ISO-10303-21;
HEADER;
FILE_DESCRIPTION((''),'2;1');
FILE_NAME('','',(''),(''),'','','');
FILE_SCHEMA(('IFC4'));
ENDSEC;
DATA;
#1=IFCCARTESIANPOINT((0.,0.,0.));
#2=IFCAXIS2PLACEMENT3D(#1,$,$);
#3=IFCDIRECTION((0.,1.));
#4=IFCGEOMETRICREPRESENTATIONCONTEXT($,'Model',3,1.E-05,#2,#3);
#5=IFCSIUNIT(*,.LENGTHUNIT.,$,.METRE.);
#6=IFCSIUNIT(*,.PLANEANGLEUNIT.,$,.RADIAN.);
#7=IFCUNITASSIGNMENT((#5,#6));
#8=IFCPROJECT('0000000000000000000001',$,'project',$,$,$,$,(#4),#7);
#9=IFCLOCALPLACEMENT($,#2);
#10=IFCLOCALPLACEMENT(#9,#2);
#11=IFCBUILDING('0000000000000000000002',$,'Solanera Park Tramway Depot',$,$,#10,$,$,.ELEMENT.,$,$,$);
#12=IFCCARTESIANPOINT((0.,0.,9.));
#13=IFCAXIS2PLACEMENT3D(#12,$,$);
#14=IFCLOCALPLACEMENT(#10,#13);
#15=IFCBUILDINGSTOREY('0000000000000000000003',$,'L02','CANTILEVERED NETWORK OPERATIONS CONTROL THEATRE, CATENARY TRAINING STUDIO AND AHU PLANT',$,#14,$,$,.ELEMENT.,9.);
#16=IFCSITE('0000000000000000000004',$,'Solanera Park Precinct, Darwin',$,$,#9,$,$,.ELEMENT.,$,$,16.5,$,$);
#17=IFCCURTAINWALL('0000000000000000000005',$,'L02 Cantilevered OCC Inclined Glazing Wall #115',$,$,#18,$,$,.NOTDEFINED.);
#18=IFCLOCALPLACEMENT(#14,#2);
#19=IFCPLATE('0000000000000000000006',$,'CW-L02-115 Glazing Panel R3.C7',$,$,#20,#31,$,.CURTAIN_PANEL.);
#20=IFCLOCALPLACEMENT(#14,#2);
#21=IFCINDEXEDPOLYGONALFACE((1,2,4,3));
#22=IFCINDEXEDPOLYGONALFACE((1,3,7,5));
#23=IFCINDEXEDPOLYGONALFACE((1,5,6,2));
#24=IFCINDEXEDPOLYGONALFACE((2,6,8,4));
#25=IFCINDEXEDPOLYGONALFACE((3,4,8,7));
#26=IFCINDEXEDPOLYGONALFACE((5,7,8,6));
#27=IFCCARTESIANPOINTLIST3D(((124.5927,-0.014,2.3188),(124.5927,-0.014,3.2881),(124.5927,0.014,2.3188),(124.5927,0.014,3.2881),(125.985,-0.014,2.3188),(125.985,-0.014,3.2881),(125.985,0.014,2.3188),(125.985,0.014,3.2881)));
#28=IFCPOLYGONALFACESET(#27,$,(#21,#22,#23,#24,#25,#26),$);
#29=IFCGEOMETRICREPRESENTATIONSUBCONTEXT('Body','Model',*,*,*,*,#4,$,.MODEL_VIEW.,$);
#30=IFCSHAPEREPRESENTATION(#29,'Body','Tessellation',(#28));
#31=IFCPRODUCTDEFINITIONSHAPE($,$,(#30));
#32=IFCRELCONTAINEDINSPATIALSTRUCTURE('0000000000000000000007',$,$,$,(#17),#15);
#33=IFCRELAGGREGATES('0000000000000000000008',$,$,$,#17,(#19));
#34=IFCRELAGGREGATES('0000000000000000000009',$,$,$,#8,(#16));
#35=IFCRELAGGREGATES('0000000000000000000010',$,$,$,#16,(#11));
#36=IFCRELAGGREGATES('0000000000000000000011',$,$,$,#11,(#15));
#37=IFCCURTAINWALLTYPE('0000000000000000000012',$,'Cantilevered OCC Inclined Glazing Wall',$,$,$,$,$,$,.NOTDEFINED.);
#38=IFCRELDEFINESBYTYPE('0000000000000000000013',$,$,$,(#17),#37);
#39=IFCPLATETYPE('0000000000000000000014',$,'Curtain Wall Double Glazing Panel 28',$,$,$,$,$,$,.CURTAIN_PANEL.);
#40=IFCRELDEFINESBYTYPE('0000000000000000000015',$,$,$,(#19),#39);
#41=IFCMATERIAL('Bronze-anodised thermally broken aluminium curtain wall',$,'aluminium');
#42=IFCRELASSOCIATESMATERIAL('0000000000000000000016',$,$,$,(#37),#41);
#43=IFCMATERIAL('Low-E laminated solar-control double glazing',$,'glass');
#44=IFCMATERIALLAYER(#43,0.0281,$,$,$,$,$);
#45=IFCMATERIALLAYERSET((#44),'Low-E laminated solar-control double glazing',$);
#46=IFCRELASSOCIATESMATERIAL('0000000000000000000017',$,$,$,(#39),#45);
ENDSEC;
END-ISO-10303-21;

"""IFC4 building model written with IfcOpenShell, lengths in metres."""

from ifc_helpers import new_model, si_unit, direction, frame, origin, origin_2d, place, context, subcontext, project, spatial, rectangle, extrude, material, layer, layer_set, type_object, element, aggregate, save


model = new_model("IFC4")

# Units and contexts
model_context = context("Model", 3, precision=1e-05, world=origin(), true_north=direction((0.0, 1.0)))
body_context = subcontext(model_context, "Body", "Model", "MODEL_VIEW")
ifc_project = project(units=[si_unit("LENGTHUNIT", "METRE"), si_unit("PLANEANGLEUNIT", "RADIAN")], contexts=[model_context])

# Site, building, storey
site_placement = place(None, origin())
site = spatial("IfcSite", under=ifc_project, at=site_placement, Name="Solanera Park Precinct, Darwin", CompositionType="ELEMENT", RefElevation=16.5)
building_placement = place(site_placement, origin())
building = spatial("IfcBuilding", under=site, at=building_placement, Name="Solanera Park Tramway Depot", CompositionType="ELEMENT")
storey_placement = place(building_placement, frame((0.0, 0.0, 9.0)))
storey = spatial("IfcBuildingStorey", under=building, at=storey_placement, Name="L02", Description="CANTILEVERED NETWORK OPERATIONS CONTROL THEATRE, CATENARY TRAINING STUDIO AND AHU PLANT", CompositionType="ELEMENT", Elevation=9.0)

# Curtain wall, plate
ifc_material_1 = material(Name="Bronze-anodised thermally broken aluminium curtain wall", Category="aluminium")
curtain_wall_type = type_object("IfcCurtainWallType", Name="Cantilevered OCC Inclined Glazing Wall", PredefinedType="NOTDEFINED", material=ifc_material_1)
curtain_wall_placement = place(storey_placement, origin())
curtain_wall = element("IfcCurtainWall", 1, at=curtain_wall_placement, inside=storey, type_object=curtain_wall_type, Name="L02 Cantilevered OCC Inclined Glazing Wall #115", PredefinedType="NOTDEFINED")
ifc_material_2 = material(Name="Low-E laminated solar-control double glazing", Category="glass")
ifc_layer = layer(ifc_material_2, 0.0281)
ifc_layer_set = layer_set([ifc_layer], Name="Low-E laminated solar-control double glazing")
plate_type = type_object("IfcPlateType", Name="Curtain Wall Double Glazing Panel 28", PredefinedType="CURTAIN_PANEL", material=ifc_layer_set)
plate_1_placement = place(storey_placement, frame((125.2888, 0.0, 2.3188), z_axis=(0.0, 0.0, 1.0), x_axis=(1.0, 0.0, 0.0)))
plate_1 = element("IfcPlate", 2, at=plate_1_placement, type_object=plate_type, Name="CW-L02-115 Glazing Panel R3.C7", PredefinedType="CURTAIN_PANEL", context=body_context, shape_type="SweptSolid", body=[
    extrude(rectangle(XDim=1.3923, YDim=0.0281, at=origin_2d()), origin(), (0.0, 0.0, 1.0), 0.9692),
])
aggregate(curtain_wall, [plate_1])

save(model, "model.ifc")
